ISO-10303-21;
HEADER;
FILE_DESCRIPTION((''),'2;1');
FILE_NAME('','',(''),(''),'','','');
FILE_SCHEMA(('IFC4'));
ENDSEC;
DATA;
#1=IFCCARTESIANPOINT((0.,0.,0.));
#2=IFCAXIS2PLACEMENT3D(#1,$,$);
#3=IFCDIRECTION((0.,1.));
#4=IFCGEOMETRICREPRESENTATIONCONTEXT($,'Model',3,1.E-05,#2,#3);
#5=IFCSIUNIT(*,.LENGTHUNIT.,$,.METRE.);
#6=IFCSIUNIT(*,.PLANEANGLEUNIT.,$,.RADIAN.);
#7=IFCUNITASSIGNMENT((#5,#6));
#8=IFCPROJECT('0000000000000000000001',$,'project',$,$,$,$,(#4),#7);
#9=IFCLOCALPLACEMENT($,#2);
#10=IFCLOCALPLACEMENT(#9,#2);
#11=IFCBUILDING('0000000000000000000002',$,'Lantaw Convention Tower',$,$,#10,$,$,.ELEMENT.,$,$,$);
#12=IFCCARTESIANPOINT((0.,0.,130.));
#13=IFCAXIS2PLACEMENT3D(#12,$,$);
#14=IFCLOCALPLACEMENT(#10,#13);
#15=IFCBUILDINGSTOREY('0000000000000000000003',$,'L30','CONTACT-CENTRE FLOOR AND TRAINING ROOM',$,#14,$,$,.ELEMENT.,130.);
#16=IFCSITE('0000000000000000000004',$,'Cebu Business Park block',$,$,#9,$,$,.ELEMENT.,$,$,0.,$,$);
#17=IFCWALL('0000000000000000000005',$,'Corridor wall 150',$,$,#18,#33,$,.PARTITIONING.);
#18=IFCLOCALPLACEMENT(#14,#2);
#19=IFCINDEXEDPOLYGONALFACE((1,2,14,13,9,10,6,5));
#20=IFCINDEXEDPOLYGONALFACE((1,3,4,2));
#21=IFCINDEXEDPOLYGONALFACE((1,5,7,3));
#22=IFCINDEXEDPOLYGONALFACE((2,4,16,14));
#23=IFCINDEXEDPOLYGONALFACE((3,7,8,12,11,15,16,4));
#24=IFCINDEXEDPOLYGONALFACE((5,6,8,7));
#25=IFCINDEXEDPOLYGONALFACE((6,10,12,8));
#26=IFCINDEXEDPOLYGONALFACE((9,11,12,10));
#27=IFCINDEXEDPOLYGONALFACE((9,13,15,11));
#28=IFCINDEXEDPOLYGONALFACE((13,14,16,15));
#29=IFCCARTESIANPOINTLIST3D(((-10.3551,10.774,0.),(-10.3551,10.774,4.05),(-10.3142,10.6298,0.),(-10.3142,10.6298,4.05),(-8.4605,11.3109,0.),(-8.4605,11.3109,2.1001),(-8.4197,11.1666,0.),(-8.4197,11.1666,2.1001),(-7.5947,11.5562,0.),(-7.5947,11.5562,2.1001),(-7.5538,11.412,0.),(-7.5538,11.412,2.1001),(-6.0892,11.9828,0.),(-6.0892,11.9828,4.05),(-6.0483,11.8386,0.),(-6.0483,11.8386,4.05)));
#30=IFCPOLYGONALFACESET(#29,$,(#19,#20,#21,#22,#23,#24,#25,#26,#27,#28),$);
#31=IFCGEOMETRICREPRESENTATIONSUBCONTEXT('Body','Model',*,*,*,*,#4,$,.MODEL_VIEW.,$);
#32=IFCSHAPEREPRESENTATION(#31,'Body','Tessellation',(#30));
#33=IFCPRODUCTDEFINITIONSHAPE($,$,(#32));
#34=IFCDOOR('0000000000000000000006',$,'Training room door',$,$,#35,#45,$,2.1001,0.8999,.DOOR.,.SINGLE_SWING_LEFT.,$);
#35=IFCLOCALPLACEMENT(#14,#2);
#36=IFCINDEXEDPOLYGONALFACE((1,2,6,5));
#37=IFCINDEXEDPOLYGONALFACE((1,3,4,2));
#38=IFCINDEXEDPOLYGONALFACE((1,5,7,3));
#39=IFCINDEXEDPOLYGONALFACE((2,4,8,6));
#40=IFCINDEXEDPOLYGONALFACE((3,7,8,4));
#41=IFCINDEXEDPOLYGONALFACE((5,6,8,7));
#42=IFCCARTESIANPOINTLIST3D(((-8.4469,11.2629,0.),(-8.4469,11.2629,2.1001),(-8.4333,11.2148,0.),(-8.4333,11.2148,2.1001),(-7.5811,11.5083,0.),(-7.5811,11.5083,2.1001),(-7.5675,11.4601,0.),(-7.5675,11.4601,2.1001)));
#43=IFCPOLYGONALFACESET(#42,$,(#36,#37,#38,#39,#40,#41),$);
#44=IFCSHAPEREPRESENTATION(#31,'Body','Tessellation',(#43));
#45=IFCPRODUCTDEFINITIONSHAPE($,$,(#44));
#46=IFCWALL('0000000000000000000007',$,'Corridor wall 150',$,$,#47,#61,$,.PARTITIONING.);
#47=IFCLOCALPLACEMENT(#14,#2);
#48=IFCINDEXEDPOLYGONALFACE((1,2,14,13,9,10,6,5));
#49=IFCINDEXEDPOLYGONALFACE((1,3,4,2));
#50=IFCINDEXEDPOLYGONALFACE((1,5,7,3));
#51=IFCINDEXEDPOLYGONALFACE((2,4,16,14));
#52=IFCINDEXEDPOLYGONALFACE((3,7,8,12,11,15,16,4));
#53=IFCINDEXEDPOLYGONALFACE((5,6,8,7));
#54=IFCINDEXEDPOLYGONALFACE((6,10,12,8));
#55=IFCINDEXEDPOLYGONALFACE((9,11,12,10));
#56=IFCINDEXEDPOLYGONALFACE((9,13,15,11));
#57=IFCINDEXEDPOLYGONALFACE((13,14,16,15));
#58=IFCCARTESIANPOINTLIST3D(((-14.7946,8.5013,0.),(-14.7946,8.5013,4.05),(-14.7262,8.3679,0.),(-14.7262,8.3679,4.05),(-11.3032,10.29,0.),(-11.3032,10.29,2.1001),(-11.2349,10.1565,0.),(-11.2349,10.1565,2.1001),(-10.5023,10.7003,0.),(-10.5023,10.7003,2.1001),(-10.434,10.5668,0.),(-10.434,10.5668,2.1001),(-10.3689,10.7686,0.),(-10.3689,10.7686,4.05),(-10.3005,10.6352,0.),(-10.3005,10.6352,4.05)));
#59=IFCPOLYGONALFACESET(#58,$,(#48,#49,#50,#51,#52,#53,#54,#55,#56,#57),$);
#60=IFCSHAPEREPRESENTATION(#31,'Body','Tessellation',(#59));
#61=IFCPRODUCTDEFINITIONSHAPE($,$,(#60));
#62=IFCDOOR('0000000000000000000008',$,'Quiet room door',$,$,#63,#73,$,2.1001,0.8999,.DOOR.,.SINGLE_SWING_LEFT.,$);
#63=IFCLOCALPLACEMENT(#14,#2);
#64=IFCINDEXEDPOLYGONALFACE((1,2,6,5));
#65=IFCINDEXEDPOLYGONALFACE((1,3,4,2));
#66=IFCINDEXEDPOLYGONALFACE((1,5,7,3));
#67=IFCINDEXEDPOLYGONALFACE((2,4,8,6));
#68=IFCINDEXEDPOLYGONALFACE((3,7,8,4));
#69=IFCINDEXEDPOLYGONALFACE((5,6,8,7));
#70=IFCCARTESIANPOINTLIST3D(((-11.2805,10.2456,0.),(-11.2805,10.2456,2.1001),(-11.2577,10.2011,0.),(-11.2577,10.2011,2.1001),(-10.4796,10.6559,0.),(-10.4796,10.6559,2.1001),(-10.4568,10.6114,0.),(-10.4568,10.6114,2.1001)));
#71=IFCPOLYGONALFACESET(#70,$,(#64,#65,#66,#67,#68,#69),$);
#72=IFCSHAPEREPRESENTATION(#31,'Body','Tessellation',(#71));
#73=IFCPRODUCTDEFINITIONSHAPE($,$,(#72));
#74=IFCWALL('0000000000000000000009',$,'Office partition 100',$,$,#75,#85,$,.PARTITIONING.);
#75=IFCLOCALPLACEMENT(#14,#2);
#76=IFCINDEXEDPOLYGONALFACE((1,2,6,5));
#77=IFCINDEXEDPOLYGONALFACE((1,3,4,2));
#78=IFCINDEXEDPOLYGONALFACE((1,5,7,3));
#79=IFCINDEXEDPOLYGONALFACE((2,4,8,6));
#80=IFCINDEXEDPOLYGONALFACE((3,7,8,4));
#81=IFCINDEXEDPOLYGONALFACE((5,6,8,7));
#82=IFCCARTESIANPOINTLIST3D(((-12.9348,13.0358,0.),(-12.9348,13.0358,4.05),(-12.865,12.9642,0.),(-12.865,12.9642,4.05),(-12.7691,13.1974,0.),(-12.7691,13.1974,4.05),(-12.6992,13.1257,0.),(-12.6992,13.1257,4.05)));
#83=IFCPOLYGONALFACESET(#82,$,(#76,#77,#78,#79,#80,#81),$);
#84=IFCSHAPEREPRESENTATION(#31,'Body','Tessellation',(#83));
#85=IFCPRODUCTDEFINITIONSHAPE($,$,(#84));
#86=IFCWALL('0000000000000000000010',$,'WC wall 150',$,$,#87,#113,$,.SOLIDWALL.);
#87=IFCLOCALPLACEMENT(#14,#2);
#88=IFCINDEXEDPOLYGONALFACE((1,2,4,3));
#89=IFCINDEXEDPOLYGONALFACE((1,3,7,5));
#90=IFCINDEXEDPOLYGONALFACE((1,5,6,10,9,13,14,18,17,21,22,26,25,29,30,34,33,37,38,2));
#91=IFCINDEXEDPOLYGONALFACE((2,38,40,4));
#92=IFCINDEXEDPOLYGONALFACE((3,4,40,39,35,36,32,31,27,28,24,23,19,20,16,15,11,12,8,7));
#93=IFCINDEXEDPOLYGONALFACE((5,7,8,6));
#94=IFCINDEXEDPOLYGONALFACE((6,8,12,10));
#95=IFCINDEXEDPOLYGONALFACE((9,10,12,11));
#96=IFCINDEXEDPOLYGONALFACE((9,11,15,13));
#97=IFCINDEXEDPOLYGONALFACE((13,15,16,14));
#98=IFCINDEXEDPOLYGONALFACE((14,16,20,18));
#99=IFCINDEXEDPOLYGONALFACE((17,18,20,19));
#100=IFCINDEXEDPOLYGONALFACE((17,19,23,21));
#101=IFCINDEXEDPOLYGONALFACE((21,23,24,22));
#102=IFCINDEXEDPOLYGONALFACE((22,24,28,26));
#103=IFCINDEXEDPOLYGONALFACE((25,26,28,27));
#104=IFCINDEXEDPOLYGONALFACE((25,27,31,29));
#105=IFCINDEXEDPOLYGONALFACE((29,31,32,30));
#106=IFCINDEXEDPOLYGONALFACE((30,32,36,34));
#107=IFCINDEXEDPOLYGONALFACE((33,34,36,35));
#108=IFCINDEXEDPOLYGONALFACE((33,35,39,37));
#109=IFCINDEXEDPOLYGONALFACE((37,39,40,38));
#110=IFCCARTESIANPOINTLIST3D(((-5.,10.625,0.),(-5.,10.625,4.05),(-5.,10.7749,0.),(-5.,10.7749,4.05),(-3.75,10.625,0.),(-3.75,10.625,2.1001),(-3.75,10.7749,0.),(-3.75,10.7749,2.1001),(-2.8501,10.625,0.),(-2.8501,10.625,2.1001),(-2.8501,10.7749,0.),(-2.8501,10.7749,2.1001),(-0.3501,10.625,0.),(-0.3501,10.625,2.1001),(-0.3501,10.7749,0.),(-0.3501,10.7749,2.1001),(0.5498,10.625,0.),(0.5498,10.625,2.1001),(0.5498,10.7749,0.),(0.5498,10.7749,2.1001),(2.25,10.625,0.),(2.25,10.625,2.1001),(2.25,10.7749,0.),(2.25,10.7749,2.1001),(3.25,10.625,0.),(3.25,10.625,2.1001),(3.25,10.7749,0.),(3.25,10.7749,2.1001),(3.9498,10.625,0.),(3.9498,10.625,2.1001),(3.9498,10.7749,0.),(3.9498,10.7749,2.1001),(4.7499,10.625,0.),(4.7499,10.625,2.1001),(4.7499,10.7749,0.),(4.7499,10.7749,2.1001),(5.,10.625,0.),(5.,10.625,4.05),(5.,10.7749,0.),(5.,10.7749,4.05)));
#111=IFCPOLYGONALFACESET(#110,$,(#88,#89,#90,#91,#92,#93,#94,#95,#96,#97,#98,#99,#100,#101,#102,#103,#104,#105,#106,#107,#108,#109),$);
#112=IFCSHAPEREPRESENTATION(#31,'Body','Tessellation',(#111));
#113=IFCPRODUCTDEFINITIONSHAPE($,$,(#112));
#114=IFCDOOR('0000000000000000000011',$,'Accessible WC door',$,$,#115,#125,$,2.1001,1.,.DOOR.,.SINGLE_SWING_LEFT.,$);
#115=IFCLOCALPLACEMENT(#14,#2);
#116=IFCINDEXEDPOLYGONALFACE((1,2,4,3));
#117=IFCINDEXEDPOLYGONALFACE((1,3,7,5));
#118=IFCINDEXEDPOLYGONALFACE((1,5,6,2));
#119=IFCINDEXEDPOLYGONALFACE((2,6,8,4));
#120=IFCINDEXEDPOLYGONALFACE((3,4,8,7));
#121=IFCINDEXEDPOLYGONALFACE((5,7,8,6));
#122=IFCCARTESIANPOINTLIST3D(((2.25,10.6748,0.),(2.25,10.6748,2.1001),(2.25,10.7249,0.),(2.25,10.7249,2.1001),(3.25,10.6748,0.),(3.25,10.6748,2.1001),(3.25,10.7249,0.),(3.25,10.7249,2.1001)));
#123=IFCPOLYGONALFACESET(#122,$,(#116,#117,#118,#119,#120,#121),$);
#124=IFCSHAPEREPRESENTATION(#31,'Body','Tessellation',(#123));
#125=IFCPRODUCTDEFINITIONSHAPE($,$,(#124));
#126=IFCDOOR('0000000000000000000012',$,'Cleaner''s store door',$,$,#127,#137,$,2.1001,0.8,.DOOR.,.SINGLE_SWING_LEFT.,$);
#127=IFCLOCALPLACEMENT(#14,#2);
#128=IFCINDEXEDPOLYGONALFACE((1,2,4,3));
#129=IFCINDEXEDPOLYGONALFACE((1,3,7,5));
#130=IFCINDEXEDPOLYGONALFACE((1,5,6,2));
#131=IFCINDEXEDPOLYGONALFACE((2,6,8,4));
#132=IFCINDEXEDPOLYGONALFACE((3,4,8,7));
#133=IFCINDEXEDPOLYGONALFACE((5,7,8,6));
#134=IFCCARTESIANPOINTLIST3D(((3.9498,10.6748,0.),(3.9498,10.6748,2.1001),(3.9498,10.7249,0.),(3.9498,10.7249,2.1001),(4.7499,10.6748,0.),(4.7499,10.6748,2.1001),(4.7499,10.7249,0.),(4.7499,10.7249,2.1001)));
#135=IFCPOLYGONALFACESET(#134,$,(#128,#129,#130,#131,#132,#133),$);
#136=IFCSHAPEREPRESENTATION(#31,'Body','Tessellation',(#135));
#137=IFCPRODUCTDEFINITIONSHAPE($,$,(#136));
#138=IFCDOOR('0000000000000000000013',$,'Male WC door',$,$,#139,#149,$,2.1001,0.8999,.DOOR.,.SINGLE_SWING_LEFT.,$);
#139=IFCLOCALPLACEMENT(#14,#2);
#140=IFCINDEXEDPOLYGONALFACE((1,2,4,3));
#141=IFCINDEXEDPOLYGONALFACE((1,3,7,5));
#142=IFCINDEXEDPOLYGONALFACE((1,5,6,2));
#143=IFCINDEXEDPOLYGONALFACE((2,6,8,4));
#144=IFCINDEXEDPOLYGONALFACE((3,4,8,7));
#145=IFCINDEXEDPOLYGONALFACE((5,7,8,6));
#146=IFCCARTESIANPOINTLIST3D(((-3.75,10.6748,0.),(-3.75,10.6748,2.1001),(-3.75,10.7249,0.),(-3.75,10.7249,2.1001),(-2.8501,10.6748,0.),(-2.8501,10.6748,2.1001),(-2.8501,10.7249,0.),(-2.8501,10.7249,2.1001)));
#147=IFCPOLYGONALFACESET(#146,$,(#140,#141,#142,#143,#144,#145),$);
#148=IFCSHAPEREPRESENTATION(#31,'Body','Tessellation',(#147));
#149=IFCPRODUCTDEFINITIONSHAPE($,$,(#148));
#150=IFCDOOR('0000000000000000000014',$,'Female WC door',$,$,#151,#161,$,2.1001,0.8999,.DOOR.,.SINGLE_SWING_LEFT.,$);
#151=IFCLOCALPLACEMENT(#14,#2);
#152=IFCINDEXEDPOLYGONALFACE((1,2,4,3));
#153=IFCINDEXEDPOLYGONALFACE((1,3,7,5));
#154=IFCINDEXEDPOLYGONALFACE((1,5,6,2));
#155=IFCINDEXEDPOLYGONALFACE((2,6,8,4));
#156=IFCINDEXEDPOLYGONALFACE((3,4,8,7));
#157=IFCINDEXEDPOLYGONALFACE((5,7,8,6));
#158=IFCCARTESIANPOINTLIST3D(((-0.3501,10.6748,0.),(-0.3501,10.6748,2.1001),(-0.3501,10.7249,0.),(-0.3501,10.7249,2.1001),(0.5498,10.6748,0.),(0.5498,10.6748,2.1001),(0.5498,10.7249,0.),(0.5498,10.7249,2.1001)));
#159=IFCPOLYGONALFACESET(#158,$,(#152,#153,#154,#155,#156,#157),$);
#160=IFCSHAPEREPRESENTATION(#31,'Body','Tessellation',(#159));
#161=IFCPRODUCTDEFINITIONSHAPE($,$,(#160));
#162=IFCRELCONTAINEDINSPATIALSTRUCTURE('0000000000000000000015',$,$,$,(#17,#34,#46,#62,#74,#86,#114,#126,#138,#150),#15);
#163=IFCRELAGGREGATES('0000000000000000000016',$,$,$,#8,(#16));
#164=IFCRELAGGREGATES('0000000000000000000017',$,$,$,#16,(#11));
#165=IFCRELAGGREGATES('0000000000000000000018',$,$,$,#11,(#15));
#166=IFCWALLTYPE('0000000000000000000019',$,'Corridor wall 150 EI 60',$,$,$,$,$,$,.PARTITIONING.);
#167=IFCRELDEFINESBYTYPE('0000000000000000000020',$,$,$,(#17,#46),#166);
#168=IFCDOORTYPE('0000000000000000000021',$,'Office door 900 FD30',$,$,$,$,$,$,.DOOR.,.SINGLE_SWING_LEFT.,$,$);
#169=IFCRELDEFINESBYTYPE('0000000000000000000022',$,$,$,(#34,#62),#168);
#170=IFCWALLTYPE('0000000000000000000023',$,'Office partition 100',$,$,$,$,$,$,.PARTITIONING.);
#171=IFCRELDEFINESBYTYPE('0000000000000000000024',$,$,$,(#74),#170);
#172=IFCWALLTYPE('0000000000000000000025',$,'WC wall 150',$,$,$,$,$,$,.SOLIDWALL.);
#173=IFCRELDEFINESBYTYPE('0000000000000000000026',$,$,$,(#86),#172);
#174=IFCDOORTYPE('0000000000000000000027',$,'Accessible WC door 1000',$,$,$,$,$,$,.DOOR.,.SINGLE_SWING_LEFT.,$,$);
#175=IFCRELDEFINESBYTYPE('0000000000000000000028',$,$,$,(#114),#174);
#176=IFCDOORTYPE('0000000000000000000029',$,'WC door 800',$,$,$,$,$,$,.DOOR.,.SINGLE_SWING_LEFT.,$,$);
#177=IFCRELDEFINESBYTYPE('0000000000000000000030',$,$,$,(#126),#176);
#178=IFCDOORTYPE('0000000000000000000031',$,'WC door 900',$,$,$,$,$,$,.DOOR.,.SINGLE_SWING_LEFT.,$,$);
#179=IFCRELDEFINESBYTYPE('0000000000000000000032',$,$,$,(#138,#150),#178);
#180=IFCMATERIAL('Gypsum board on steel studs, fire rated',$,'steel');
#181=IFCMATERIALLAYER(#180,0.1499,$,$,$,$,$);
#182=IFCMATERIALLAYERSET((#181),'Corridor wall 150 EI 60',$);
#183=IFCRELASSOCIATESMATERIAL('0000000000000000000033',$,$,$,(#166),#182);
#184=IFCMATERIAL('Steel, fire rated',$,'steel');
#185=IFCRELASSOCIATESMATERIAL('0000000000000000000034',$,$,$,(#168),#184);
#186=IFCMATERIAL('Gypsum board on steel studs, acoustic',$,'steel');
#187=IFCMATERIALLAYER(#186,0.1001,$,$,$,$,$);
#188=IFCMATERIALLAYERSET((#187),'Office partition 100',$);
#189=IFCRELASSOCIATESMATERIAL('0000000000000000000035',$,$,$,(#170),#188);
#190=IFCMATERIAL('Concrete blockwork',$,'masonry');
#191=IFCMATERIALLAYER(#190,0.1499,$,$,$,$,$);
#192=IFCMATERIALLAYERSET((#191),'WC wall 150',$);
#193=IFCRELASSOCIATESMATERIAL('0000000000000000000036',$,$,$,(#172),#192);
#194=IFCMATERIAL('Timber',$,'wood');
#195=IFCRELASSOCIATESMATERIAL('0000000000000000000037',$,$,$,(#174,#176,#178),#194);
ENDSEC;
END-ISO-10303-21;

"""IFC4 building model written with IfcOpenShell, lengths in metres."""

from ifc_helpers import new_model, si_unit, direction, frame, frame_2d, origin, place, context, subcontext, project, spatial, rectangle, extrude, material, layer, layer_set, type_object, element, fill, save


model = new_model("IFC4")

# Units and contexts
model_context = context("Model", 3, precision=1e-05, world=origin(), true_north=direction((0.0, 1.0)))
body_context = subcontext(model_context, "Body", "Model", "MODEL_VIEW")
ifc_project = project(units=[si_unit("LENGTHUNIT", "METRE"), si_unit("PLANEANGLEUNIT", "RADIAN")], contexts=[model_context])

# Site, building, storey
site_placement = place(None, origin())
site = spatial("IfcSite", under=ifc_project, at=site_placement, Name="Cebu Business Park block", CompositionType="ELEMENT", RefElevation=0.0)
building_placement = place(site_placement, origin())
building = spatial("IfcBuilding", under=site, at=building_placement, Name="Lantaw Convention Tower", CompositionType="ELEMENT")
storey_placement = place(building_placement, frame((0.0, 0.0, 130.0)))
storey = spatial("IfcBuildingStorey", under=building, at=storey_placement, Name="L30", Description="CONTACT-CENTRE FLOOR AND TRAINING ROOM", CompositionType="ELEMENT", Elevation=130.0)

# Shared definitions
ifc_material_1 = material(Name="Steel, fire rated", Category="steel")

# Shared definitions
ifc_material_2 = material(Name="Gypsum board on steel studs, fire rated", Category="steel")
ifc_layer_1 = layer(ifc_material_2, 0.1499)
ifc_layer_set_1 = layer_set([ifc_layer_1], Name="Corridor wall 150 EI 60")
wall_type_1 = type_object("IfcWallType", Name="Corridor wall 150 EI 60", PredefinedType="PARTITIONING", material=ifc_layer_set_1)

# Walls, openings, doors
wall_1_placement = place(storey_placement, frame((-6.0688, 11.9106, 0.0), z_axis=(0.0, 0.0, 1.0), x_axis=(-0.962122, -0.272619, 0.0)))
wall_1 = element("IfcWall", 1, at=wall_1_placement, inside=storey, type_object=wall_type_1, Name="Corridor wall 150", PredefinedType="PARTITIONING", context=body_context, shape_type="SweptSolid", body=[
    extrude(rectangle(XDim=4.4338, YDim=0.1499, at=frame_2d((2.2168, 0.0))), origin(), (0.0, 0.0, 1.0), 4.05),
])
opening_1_placement = place(wall_1_placement, frame((1.5647, 0.0, 0.0)))
opening_1 = element("IfcOpeningElement", 2, at=opening_1_placement, cuts=wall_1, PredefinedType="OPENING", context=body_context, shape_type="SweptSolid", body=[
    extrude(rectangle(XDim=0.8999, YDim=2.1001, at=frame_2d((0.45, 1.05))), frame((0.0, 0.085, 0.0), z_axis=(0.0, -1.0, 0.0), x_axis=(1.0, 0.0, 0.0)), (0.0, 0.0, 1.0), 0.1699),
])
door_type_1 = type_object("IfcDoorType", Name="Office door 900 FD30", OperationType="SINGLE_SWING_LEFT", PredefinedType="DOOR", material=ifc_material_1)
door_1_placement = place(opening_1_placement, origin())
door_1 = element("IfcDoor", 3, at=door_1_placement, inside=storey, type_object=door_type_1, Name="Training room door", OperationType="SINGLE_SWING_LEFT", OverallHeight=2.1001, OverallWidth=0.8999, PredefinedType="DOOR", context=body_context, shape_type="SweptSolid", body=[
    extrude(rectangle(XDim=0.8999, YDim=2.1001, at=frame_2d((0.45, 1.05))), frame((0.0, 0.0249, 0.0), z_axis=(0.0, -1.0, 0.0), x_axis=(1.0, 0.0, 0.0)), (0.0, 0.0, 1.0), 0.05),
])
fill(opening_1, door_1)
wall_2_placement = place(storey_placement, frame((-10.3347, 10.7019, 0.0), z_axis=(0.0, 0.0, 1.0), x_axis=(-0.890005, -0.455951, 0.0)))
wall_2 = element("IfcWall", 4, at=wall_2_placement, inside=storey, type_object=wall_type_1, Name="Corridor wall 150", PredefinedType="PARTITIONING", context=body_context, shape_type="SweptSolid", body=[
    extrude(rectangle(XDim=4.9727, YDim=0.1499, at=frame_2d((2.4863, 0.0))), origin(), (0.0, 0.0, 1.0), 4.05),
])
opening_2_placement = place(wall_2_placement, frame((0.1499, 0.0, 0.0)))
opening_2 = element("IfcOpeningElement", 5, at=opening_2_placement, cuts=wall_2, PredefinedType="OPENING", context=body_context, shape_type="SweptSolid", body=[
    extrude(rectangle(XDim=0.8999, YDim=2.1001, at=frame_2d((0.45, 1.05))), frame((0.0, 0.085, 0.0), z_axis=(0.0, -1.0, 0.0), x_axis=(1.0, 0.0, 0.0)), (0.0, 0.0, 1.0), 0.1699),
])
door_2_placement = place(opening_2_placement, origin())
door_2 = element("IfcDoor", 6, at=door_2_placement, inside=storey, type_object=door_type_1, Name="Quiet room door", OperationType="SINGLE_SWING_LEFT", OverallHeight=2.1001, OverallWidth=0.8999, PredefinedType="DOOR", context=body_context, shape_type="SweptSolid", body=[
    extrude(rectangle(XDim=0.8999, YDim=2.1001, at=frame_2d((0.45, 1.05))), frame((0.0, 0.0249, 0.0), z_axis=(0.0, -1.0, 0.0), x_axis=(1.0, 0.0, 0.0)), (0.0, 0.0, 1.0), 0.05),
])
fill(opening_2, door_2)

# Wall
ifc_material_3 = material(Name="Gypsum board on steel studs, acoustic", Category="steel")
ifc_layer_2 = layer(ifc_material_3, 0.1001)
ifc_layer_set_2 = layer_set([ifc_layer_2], Name="Office partition 100")
wall_type_2 = type_object("IfcWallType", Name="Office partition 100", PredefinedType="PARTITIONING", material=ifc_layer_set_2)
wall_3_placement = place(storey_placement, frame((-12.8999, 13.0, 0.0), z_axis=(0.0, 0.0, 1.0), x_axis=(0.716013, 0.698087, 0.0)))
element("IfcWall", 7, at=wall_3_placement, inside=storey, type_object=wall_type_2, Name="Office partition 100", PredefinedType="PARTITIONING", context=body_context, shape_type="SweptSolid", body=[
    extrude(rectangle(XDim=0.2314, YDim=0.1001, at=frame_2d((0.1157, 0.0))), origin(), (0.0, 0.0, 1.0), 4.05),
])

# Wall, openings, doors
ifc_material_4 = material(Name="Concrete blockwork", Category="masonry")
ifc_layer_3 = layer(ifc_material_4, 0.1499)
ifc_layer_set_3 = layer_set([ifc_layer_3], Name="WC wall 150")
wall_type_3 = type_object("IfcWallType", Name="WC wall 150", PredefinedType="SOLIDWALL", material=ifc_layer_set_3)
wall_4_placement = place(storey_placement, frame((-5.0, 10.7, 0.0), z_axis=(0.0, 0.0, 1.0), x_axis=(1.0, 0.0, 0.0)))
wall_4 = element("IfcWall", 8, at=wall_4_placement, inside=storey, type_object=wall_type_3, Name="WC wall 150", PredefinedType="SOLIDWALL", context=body_context, shape_type="SweptSolid", body=[
    extrude(rectangle(XDim=10.0, YDim=0.1499, at=frame_2d((5.0, 0.0))), origin(), (0.0, 0.0, 1.0), 4.05),
])
opening_3_placement = place(wall_4_placement, frame((1.25, 0.0, 0.0)))
opening_3 = element("IfcOpeningElement", 9, at=opening_3_placement, cuts=wall_4, PredefinedType="OPENING", context=body_context, shape_type="SweptSolid", body=[
    extrude(rectangle(XDim=0.8999, YDim=2.1001, at=frame_2d((0.45, 1.05))), frame((0.0, 0.085, 0.0), z_axis=(0.0, -1.0, 0.0), x_axis=(1.0, 0.0, 0.0)), (0.0, 0.0, 1.0), 0.1699),
])
opening_4_placement = place(wall_4_placement, frame((4.6499, 0.0, 0.0)))
opening_4 = element("IfcOpeningElement", 10, at=opening_4_placement, cuts=wall_4, PredefinedType="OPENING", context=body_context, shape_type="SweptSolid", body=[
    extrude(rectangle(XDim=0.8999, YDim=2.1001, at=frame_2d((0.45, 1.05))), frame((0.0, 0.085, 0.0), z_axis=(0.0, -1.0, 0.0), x_axis=(1.0, 0.0, 0.0)), (0.0, 0.0, 1.0), 0.1699),
])
opening_5_placement = place(wall_4_placement, frame((7.25, 0.0, 0.0)))
opening_5 = element("IfcOpeningElement", 11, at=opening_5_placement, cuts=wall_4, PredefinedType="OPENING", context=body_context, shape_type="SweptSolid", body=[
    extrude(rectangle(XDim=1.0, YDim=2.1001, at=frame_2d((0.5, 1.05))), frame((0.0, 0.085, 0.0), z_axis=(0.0, -1.0, 0.0), x_axis=(1.0, 0.0, 0.0)), (0.0, 0.0, 1.0), 0.1699),
])
opening_6_placement = place(wall_4_placement, frame((8.95, 0.0, 0.0)))
opening_6 = element("IfcOpeningElement", 12, at=opening_6_placement, cuts=wall_4, PredefinedType="OPENING", context=body_context, shape_type="SweptSolid", body=[
    extrude(rectangle(XDim=0.8, YDim=2.1001, at=frame_2d((0.3999, 1.05))), frame((0.0, 0.085, 0.0), z_axis=(0.0, -1.0, 0.0), x_axis=(1.0, 0.0, 0.0)), (0.0, 0.0, 1.0), 0.1699),
])
ifc_material_5 = material(Name="Timber", Category="wood")
door_type_2 = type_object("IfcDoorType", Name="Accessible WC door 1000", OperationType="SINGLE_SWING_LEFT", PredefinedType="DOOR", material=ifc_material_5)
door_3_placement = place(opening_5_placement, origin())
door_3 = element("IfcDoor", 13, at=door_3_placement, inside=storey, type_object=door_type_2, Name="Accessible WC door", OperationType="SINGLE_SWING_LEFT", OverallHeight=2.1001, OverallWidth=1.0, PredefinedType="DOOR", context=body_context, shape_type="SweptSolid", body=[
    extrude(rectangle(XDim=1.0, YDim=2.1001, at=frame_2d((0.5, 1.05))), frame((0.0, 0.0249, 0.0), z_axis=(0.0, -1.0, 0.0), x_axis=(1.0, 0.0, 0.0)), (0.0, 0.0, 1.0), 0.05),
])
fill(opening_5, door_3)
door_type_3 = type_object("IfcDoorType", Name="WC door 800", OperationType="SINGLE_SWING_LEFT", PredefinedType="DOOR", material=ifc_material_5)
door_4_placement = place(opening_6_placement, origin())
door_4 = element("IfcDoor", 14, at=door_4_placement, inside=storey, type_object=door_type_3, Name="Cleaner's store door", OperationType="SINGLE_SWING_LEFT", OverallHeight=2.1001, OverallWidth=0.8, PredefinedType="DOOR", context=body_context, shape_type="SweptSolid", body=[
    extrude(rectangle(XDim=0.8, YDim=2.1001, at=frame_2d((0.3999, 1.05))), frame((0.0, 0.0249, 0.0), z_axis=(0.0, -1.0, 0.0), x_axis=(1.0, 0.0, 0.0)), (0.0, 0.0, 1.0), 0.05),
])
fill(opening_6, door_4)
door_type_4 = type_object("IfcDoorType", Name="WC door 900", OperationType="SINGLE_SWING_LEFT", PredefinedType="DOOR", material=ifc_material_5)
door_5_placement = place(opening_3_placement, origin())
door_5 = element("IfcDoor", 15, at=door_5_placement, inside=storey, type_object=door_type_4, Name="Male WC door", OperationType="SINGLE_SWING_LEFT", OverallHeight=2.1001, OverallWidth=0.8999, PredefinedType="DOOR", context=body_context, shape_type="SweptSolid", body=[
    extrude(rectangle(XDim=0.8999, YDim=2.1001, at=frame_2d((0.45, 1.05))), frame((0.0, 0.0249, 0.0), z_axis=(0.0, -1.0, 0.0), x_axis=(1.0, 0.0, 0.0)), (0.0, 0.0, 1.0), 0.05),
])
fill(opening_3, door_5)
door_6_placement = place(opening_4_placement, origin())
door_6 = element("IfcDoor", 16, at=door_6_placement, inside=storey, type_object=door_type_4, Name="Female WC door", OperationType="SINGLE_SWING_LEFT", OverallHeight=2.1001, OverallWidth=0.8999, PredefinedType="DOOR", context=body_context, shape_type="SweptSolid", body=[
    extrude(rectangle(XDim=0.8999, YDim=2.1001, at=frame_2d((0.45, 1.05))), frame((0.0, 0.0249, 0.0), z_axis=(0.0, -1.0, 0.0), x_axis=(1.0, 0.0, 0.0)), (0.0, 0.0, 1.0), 0.05),
])
fill(opening_4, door_6)

save(model, "model.ifc")
